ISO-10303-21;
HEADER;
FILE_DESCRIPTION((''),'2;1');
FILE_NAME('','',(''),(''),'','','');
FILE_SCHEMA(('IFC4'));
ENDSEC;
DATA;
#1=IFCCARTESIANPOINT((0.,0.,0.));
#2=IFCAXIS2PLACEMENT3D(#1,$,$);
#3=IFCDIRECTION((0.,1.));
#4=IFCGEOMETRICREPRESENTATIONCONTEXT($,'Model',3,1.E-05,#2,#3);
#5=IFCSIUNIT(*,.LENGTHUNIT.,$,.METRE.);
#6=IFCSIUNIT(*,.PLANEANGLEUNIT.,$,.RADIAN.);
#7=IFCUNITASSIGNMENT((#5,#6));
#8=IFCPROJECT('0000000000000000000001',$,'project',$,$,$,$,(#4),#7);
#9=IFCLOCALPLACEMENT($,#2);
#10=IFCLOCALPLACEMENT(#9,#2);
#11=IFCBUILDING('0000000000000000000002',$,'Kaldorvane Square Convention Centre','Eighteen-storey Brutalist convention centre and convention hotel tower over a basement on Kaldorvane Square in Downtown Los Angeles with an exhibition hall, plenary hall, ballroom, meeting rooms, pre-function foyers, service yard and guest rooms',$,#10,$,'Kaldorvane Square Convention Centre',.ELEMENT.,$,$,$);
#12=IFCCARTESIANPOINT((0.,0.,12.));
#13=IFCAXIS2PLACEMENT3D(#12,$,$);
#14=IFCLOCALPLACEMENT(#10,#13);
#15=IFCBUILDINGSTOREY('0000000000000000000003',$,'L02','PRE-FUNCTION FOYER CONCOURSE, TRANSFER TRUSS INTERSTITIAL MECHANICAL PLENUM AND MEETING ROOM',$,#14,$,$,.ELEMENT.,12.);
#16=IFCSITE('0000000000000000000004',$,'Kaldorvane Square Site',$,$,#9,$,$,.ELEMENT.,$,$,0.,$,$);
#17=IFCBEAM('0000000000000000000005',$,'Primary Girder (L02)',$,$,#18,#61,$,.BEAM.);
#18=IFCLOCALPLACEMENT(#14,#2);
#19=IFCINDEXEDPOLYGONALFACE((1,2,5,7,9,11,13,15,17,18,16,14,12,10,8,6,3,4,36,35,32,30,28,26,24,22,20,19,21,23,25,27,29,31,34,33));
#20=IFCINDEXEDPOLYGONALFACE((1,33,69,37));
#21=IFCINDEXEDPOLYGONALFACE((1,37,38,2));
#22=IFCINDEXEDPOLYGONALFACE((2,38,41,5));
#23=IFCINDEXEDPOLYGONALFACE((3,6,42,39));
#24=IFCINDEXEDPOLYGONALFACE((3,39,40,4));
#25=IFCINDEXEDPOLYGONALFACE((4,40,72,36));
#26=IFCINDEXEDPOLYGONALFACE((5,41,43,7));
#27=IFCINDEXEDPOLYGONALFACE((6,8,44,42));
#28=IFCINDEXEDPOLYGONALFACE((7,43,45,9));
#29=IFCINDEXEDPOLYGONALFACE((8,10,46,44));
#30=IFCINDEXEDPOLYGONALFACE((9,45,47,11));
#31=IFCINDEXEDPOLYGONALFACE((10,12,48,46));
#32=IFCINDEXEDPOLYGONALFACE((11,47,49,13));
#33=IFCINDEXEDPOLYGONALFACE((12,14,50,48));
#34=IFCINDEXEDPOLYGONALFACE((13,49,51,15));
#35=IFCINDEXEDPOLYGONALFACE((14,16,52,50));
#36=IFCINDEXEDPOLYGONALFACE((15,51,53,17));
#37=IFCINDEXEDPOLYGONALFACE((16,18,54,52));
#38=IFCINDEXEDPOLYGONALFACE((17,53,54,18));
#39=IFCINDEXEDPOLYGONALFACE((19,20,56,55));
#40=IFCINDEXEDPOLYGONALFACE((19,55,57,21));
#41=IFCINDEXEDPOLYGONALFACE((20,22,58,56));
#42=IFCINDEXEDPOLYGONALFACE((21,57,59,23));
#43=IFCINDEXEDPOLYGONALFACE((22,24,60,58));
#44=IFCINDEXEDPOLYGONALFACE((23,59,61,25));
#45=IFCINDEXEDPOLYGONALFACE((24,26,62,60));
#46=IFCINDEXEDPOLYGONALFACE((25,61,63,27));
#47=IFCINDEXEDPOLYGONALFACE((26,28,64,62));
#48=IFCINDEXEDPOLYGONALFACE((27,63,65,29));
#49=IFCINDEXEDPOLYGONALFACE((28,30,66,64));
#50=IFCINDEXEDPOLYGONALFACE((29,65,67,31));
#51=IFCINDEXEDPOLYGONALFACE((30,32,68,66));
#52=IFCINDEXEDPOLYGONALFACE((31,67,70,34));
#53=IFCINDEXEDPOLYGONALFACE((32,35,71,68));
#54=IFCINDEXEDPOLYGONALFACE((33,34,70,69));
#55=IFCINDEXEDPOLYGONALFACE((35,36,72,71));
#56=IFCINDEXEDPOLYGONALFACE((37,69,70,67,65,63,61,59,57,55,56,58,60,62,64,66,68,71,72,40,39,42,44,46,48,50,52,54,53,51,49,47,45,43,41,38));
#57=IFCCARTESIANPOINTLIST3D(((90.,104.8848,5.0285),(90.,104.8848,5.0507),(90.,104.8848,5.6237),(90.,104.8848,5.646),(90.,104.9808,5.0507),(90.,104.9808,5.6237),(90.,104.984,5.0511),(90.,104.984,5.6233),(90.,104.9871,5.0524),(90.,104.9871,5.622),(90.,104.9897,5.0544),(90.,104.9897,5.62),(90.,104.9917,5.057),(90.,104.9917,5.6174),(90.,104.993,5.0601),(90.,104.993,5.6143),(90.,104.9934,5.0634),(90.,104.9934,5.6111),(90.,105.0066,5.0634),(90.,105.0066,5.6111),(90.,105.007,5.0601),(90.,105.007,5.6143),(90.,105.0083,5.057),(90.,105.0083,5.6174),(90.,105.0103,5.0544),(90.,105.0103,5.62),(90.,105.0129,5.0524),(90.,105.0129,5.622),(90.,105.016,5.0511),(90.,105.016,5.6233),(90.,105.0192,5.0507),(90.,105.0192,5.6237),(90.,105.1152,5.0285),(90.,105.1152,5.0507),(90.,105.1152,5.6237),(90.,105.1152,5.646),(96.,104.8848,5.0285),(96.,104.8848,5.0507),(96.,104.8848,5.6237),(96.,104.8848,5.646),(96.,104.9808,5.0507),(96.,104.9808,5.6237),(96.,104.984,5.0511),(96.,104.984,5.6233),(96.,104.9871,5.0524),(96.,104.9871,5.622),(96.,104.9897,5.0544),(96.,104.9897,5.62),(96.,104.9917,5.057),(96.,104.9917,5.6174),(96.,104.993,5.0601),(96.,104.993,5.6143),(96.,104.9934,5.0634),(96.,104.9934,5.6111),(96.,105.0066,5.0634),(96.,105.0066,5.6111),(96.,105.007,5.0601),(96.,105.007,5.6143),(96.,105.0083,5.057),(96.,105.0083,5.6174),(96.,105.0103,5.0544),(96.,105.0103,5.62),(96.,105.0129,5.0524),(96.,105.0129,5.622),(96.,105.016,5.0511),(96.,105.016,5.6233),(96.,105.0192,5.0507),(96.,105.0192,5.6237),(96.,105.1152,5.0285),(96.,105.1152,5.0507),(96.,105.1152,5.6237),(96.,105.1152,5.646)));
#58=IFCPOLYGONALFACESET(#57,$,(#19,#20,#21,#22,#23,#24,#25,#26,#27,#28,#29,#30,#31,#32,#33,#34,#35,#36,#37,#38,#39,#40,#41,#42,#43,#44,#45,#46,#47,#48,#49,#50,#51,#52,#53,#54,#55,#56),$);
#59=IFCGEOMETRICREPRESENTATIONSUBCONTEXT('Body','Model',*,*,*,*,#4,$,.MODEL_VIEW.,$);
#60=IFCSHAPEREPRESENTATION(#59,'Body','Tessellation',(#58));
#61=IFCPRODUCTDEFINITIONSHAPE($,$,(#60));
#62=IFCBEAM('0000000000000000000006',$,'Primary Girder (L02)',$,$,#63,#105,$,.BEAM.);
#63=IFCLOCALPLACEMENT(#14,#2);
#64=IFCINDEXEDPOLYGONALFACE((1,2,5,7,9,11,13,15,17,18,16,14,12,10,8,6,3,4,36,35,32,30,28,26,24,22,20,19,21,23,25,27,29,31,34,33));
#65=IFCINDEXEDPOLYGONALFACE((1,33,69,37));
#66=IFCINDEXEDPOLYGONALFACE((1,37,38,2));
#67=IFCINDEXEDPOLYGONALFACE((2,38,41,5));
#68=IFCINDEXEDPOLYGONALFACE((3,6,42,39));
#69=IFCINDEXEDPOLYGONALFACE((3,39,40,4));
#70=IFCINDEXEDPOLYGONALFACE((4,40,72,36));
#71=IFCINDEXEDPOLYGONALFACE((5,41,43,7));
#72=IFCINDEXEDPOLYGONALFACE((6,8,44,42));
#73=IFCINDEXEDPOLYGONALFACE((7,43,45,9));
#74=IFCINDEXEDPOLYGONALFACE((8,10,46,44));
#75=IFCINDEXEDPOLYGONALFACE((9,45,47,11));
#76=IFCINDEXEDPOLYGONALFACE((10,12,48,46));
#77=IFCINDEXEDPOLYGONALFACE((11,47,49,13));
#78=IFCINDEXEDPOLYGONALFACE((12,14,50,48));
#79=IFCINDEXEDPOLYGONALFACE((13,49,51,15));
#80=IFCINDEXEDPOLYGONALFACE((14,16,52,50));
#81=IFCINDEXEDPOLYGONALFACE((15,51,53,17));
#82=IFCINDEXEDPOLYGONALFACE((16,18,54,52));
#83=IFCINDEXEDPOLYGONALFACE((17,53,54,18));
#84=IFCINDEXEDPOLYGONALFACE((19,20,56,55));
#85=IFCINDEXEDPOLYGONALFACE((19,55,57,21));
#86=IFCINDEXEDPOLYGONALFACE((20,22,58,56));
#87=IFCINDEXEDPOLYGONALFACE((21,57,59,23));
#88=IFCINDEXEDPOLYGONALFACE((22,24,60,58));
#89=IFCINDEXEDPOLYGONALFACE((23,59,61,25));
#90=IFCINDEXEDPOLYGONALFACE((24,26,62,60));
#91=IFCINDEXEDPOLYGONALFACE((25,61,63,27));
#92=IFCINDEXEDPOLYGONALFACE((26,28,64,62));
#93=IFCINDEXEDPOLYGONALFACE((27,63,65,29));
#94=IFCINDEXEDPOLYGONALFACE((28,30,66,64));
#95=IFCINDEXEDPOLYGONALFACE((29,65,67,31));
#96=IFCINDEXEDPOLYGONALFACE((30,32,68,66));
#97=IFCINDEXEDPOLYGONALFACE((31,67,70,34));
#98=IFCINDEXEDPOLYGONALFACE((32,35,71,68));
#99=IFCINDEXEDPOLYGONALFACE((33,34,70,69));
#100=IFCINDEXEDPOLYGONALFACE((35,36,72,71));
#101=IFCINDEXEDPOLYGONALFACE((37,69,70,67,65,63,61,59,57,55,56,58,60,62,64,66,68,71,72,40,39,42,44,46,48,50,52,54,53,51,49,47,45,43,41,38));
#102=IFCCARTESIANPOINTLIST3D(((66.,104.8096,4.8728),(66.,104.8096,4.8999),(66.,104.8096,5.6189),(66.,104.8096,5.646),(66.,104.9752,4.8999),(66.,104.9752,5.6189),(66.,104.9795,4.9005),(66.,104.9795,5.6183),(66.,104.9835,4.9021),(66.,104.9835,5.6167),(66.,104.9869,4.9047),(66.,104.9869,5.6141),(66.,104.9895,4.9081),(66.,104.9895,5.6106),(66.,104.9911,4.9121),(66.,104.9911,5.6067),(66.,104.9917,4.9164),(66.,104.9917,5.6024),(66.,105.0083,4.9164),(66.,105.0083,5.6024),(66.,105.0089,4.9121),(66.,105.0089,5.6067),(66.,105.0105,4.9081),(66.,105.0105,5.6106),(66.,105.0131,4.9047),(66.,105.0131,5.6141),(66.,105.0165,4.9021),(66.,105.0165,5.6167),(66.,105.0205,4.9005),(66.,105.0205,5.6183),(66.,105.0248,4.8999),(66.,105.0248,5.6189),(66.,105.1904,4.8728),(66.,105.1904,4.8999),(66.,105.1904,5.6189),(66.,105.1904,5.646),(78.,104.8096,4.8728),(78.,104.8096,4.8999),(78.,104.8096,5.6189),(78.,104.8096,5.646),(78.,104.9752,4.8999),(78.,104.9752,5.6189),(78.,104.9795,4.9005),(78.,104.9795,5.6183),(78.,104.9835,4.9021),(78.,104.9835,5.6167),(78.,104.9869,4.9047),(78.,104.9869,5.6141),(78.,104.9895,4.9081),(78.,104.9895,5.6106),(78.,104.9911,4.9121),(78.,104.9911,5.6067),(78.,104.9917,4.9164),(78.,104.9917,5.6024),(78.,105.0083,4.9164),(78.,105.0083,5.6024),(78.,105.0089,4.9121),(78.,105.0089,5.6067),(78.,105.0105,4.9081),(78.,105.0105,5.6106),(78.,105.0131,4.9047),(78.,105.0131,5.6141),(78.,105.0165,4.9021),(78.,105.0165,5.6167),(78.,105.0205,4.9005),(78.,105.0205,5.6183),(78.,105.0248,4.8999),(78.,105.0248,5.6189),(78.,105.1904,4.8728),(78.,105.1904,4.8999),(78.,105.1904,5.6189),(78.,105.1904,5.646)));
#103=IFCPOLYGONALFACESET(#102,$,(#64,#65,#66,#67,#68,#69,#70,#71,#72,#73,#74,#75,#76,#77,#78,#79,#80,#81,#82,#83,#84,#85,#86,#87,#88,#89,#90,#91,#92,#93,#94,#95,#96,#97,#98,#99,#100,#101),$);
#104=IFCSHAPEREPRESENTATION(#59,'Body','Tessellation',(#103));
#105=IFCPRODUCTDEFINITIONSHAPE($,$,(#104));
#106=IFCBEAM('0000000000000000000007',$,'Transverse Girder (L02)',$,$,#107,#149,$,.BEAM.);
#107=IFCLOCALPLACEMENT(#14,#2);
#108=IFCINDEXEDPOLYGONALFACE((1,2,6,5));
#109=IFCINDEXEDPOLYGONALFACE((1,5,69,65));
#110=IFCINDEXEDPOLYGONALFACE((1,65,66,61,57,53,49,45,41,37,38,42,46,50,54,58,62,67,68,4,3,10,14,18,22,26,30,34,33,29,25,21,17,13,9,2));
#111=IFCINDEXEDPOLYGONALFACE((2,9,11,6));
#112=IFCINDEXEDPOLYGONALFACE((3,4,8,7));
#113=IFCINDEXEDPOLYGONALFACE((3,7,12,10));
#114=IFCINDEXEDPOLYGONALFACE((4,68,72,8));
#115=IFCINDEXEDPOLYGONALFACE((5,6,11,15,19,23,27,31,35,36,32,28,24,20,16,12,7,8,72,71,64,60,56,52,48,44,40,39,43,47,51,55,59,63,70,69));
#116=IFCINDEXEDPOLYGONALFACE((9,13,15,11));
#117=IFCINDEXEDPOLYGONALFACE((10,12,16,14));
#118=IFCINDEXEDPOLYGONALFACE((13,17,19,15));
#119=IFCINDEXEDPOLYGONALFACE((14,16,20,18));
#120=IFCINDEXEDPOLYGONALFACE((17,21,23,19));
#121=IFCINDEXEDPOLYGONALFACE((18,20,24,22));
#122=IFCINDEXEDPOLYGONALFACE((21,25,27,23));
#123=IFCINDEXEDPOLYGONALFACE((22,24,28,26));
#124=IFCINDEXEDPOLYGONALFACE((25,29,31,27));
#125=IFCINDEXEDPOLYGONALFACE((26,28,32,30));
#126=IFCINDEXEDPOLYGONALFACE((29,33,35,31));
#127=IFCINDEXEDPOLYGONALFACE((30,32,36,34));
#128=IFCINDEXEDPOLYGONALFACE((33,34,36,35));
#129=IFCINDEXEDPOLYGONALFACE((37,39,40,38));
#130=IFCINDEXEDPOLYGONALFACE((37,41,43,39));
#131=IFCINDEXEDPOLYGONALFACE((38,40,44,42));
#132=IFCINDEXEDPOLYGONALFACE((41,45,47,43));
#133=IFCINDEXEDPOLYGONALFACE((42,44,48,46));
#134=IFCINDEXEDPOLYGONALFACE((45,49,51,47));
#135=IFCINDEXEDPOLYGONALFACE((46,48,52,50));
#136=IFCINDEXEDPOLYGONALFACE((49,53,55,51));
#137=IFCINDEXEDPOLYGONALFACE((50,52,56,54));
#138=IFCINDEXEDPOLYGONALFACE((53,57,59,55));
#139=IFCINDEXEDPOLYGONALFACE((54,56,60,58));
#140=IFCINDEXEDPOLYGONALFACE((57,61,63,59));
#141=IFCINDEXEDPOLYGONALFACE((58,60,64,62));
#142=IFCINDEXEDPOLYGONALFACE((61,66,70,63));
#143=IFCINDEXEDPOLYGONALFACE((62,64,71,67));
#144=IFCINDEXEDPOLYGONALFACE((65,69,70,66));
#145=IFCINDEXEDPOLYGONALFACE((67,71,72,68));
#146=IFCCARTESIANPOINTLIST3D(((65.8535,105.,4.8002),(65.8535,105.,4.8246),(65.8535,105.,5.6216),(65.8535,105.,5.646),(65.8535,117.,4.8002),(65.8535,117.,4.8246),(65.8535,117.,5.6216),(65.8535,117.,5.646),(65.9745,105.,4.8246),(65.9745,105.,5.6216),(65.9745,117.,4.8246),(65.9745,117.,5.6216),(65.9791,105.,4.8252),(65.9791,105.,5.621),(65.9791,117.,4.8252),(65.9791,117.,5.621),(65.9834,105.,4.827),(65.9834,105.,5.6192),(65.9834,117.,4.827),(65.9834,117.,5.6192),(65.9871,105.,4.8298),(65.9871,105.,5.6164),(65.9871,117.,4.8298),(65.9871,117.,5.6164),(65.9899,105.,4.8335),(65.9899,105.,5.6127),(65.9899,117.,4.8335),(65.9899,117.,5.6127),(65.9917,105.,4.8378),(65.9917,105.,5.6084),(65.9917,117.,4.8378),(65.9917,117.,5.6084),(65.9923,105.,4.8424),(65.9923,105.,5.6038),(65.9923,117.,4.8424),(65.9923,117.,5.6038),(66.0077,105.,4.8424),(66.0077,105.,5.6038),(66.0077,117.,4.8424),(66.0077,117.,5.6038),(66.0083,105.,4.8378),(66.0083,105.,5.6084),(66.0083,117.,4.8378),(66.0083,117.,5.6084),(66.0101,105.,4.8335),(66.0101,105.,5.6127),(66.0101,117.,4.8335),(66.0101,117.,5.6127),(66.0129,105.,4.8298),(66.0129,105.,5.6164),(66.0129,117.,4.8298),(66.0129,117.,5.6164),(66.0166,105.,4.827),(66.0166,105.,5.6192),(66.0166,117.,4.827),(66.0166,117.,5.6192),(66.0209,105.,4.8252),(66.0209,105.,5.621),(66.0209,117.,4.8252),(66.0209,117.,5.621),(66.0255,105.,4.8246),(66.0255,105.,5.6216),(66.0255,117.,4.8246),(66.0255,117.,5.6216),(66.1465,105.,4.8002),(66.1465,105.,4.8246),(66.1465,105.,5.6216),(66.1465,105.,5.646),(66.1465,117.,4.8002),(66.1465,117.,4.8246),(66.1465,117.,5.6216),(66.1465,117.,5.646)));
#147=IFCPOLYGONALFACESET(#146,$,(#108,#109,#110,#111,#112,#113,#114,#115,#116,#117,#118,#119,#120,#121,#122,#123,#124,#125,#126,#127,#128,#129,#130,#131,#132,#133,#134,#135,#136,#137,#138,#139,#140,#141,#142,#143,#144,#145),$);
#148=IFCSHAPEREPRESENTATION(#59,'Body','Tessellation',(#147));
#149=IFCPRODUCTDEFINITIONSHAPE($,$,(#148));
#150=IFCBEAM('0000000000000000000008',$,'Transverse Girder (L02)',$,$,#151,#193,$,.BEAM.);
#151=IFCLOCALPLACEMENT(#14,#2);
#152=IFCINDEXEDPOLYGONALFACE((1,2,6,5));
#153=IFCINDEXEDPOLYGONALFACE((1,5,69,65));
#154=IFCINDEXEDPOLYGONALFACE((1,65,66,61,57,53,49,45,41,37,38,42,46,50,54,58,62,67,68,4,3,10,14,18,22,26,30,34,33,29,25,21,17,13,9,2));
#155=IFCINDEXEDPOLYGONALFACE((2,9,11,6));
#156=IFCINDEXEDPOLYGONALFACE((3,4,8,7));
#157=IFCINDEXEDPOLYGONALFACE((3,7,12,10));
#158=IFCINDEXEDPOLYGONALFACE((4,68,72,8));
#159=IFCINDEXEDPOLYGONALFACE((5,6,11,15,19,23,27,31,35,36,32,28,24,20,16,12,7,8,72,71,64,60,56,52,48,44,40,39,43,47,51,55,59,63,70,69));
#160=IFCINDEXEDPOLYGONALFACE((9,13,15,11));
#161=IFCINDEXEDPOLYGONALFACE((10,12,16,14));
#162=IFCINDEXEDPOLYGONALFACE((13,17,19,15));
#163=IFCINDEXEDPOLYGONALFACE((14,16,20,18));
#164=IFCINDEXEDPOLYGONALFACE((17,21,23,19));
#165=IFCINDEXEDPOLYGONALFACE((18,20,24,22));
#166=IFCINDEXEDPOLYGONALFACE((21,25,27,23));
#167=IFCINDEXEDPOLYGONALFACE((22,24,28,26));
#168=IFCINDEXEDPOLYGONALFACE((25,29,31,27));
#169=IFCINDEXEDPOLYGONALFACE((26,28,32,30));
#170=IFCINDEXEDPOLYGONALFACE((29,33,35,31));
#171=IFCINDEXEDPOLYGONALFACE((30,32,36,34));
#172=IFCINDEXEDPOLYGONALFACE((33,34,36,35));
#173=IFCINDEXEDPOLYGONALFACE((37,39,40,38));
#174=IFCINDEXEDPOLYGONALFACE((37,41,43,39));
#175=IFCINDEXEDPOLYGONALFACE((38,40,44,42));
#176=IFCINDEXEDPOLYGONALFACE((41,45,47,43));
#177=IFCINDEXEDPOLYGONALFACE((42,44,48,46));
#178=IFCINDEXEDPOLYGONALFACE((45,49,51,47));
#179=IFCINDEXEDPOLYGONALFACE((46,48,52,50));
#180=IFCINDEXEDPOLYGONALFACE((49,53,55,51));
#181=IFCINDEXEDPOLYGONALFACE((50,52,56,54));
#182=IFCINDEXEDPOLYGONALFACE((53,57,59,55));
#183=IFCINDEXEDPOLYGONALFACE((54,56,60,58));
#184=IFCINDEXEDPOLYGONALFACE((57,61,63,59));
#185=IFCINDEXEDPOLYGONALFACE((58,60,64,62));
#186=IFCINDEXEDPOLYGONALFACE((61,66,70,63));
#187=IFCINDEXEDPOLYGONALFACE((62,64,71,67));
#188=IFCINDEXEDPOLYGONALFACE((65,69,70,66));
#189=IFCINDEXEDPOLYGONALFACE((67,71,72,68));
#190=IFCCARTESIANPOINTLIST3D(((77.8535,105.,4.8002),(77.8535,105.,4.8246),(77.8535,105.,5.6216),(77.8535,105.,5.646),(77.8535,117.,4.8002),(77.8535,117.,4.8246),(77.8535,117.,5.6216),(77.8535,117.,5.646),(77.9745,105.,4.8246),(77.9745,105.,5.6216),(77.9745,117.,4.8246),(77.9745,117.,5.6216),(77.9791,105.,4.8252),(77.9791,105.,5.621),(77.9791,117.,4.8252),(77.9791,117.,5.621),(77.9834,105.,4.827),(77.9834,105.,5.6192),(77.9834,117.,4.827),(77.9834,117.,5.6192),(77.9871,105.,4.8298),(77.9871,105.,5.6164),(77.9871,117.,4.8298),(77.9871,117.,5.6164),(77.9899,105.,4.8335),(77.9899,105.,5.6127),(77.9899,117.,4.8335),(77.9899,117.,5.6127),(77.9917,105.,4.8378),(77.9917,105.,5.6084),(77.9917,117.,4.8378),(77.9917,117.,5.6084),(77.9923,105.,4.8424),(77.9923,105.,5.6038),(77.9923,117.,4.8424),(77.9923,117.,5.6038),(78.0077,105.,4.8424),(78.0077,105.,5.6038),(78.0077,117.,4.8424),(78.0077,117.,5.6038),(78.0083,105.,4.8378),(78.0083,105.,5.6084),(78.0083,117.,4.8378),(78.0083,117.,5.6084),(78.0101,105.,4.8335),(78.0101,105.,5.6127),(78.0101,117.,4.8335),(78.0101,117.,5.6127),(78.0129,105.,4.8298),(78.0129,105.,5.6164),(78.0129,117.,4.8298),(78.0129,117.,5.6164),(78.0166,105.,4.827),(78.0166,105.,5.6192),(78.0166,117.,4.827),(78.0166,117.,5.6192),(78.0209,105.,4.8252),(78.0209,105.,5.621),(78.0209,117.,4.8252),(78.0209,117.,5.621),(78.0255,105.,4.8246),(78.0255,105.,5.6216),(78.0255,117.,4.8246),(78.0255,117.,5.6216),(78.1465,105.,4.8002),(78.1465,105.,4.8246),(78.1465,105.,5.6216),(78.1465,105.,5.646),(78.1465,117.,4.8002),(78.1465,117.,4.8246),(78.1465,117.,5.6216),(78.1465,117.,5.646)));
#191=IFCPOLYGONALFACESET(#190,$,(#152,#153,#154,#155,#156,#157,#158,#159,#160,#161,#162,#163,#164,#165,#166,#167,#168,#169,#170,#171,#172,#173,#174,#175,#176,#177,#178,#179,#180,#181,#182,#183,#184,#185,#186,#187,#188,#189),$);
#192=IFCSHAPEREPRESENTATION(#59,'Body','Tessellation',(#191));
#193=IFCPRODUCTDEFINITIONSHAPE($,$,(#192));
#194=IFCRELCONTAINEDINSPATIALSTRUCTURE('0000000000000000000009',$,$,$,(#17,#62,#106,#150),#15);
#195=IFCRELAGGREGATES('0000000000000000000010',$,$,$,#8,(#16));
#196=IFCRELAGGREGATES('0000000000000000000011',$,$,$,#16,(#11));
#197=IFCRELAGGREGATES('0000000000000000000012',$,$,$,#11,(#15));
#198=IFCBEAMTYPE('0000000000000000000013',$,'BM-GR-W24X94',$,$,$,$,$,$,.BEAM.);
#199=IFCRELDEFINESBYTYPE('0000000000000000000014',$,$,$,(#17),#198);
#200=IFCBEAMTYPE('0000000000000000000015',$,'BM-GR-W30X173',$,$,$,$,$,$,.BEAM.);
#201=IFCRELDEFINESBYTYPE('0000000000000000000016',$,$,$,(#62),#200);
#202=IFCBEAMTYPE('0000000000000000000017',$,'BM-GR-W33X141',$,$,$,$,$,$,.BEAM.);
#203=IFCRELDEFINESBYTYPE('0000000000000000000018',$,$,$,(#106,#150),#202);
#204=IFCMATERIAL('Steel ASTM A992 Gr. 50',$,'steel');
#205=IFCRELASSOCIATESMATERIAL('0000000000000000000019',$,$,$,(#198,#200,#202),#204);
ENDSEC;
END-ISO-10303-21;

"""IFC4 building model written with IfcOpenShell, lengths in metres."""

from ifc_helpers import new_model, si_unit, direction, frame, origin, origin_2d, place, context, subcontext, project, spatial, i_section, extrude, material, material_profile, profile_set, type_object, element, save


model = new_model("IFC4")

# Units and contexts
model_context = context("Model", 3, precision=1e-05, world=origin(), true_north=direction((0.0, 1.0)))
body_context = subcontext(model_context, "Body", "Model", "MODEL_VIEW")
ifc_project = project(units=[si_unit("LENGTHUNIT", "METRE"), si_unit("PLANEANGLEUNIT", "RADIAN")], contexts=[model_context])

# Site, building, storey
site_placement = place(None, origin())
site = spatial("IfcSite", under=ifc_project, at=site_placement, Name="Kaldorvane Square Site", CompositionType="ELEMENT", RefElevation=0.0)
building_placement = place(site_placement, origin())
building = spatial("IfcBuilding", under=site, at=building_placement, Name="Kaldorvane Square Convention Centre", Description="Eighteen-storey Brutalist convention centre and convention hotel tower over a basement on Kaldorvane Square in Downtown Los Angeles with an exhibition hall, plenary hall, ballroom, meeting rooms, pre-function foyers, service yard and guest rooms", LongName="Kaldorvane Square Convention Centre", CompositionType="ELEMENT")
storey_placement = place(building_placement, frame((0.0, 0.0, 12.0)))
storey = spatial("IfcBuildingStorey", under=building, at=storey_placement, Name="L02", Description="PRE-FUNCTION FOYER CONCOURSE, TRANSFER TRUSS INTERSTITIAL MECHANICAL PLENUM AND MEETING ROOM", CompositionType="ELEMENT", Elevation=12.0)

# Shared definitions
ifc_material_1 = material(Name="Steel ASTM A992 Gr. 50", Category="steel")

# Beams
ifc_material_profile_1 = material_profile(ifc_material_1, i_section(OverallWidth=0.2303, OverallDepth=0.6175, WebThickness=0.0131, FlangeThickness=0.0222, FilletRadius=0.0127, at=origin_2d()), Name="W24X94")
ifc_profile_set_1 = profile_set([ifc_material_profile_1], Name="Steel ASTM A992 Gr. 50")
beam_type_1 = type_object("IfcBeamType", Name="BM-GR-W24X94", PredefinedType="BEAM", material=ifc_profile_set_1)
for number, where, z_axis, x_axis, name in (
    (1, (90.0, 105.0, 5.3372), (1.0, 0.0, 0.0), (0.0, 1.0, 0.0), "Primary Girder (L02)"),
):
    element("IfcBeam", number, at=place(storey_placement, frame(where, z_axis=z_axis, x_axis=x_axis)), inside=storey, type_object=beam_type_1, Name=name, PredefinedType="BEAM", context=body_context, shape_type="SweptSolid", body=[
        extrude(i_section(OverallWidth=0.2303, OverallDepth=0.6175, WebThickness=0.0131, FlangeThickness=0.0222, FilletRadius=0.0127, at=origin_2d()), origin(), (0.0, 0.0, 1.0), 6.0),
    ])
ifc_material_profile_2 = material_profile(ifc_material_1, i_section(OverallWidth=0.3807, OverallDepth=0.7732, WebThickness=0.0166, FlangeThickness=0.0271, FilletRadius=0.0165, at=origin_2d()), Name="W30X173")
ifc_profile_set_2 = profile_set([ifc_material_profile_2], Name="Steel ASTM A992 Gr. 50")
beam_type_2 = type_object("IfcBeamType", Name="BM-GR-W30X173", PredefinedType="BEAM", material=ifc_profile_set_2)
beam_1_placement = place(storey_placement, frame((66.0, 105.0, 5.2594), z_axis=(1.0, 0.0, 0.0), x_axis=(0.0, 1.0, 0.0)))
element("IfcBeam", 2, at=beam_1_placement, inside=storey, type_object=beam_type_2, Name="Primary Girder (L02)", PredefinedType="BEAM", context=body_context, shape_type="SweptSolid", body=[
    extrude(i_section(OverallWidth=0.3807, OverallDepth=0.7732, WebThickness=0.0166, FlangeThickness=0.0271, FilletRadius=0.0165, at=origin_2d()), origin(), (0.0, 0.0, 1.0), 12.0),
])
ifc_material_profile_3 = material_profile(ifc_material_1, i_section(OverallWidth=0.293, OverallDepth=0.8458, WebThickness=0.0154, FlangeThickness=0.0244, FilletRadius=0.0178, at=origin_2d()), Name="W33X141")
ifc_profile_set_3 = profile_set([ifc_material_profile_3], Name="Steel ASTM A992 Gr. 50")
beam_type_3 = type_object("IfcBeamType", Name="BM-GR-W33X141", PredefinedType="BEAM", material=ifc_profile_set_3)
for number, where, z_axis, x_axis, name in (
    (3, (66.0, 105.0, 5.2231), (0.0, 1.0, 0.0), (-1.0, 0.0, 0.0), "Transverse Girder (L02)"),
    (4, (78.0, 105.0, 5.2231), (0.0, 1.0, 0.0), (-1.0, 0.0, 0.0), "Transverse Girder (L02)"),
):
    element("IfcBeam", number, at=place(storey_placement, frame(where, z_axis=z_axis, x_axis=x_axis)), inside=storey, type_object=beam_type_3, Name=name, PredefinedType="BEAM", context=body_context, shape_type="SweptSolid", body=[
        extrude(i_section(OverallWidth=0.293, OverallDepth=0.8458, WebThickness=0.0154, FlangeThickness=0.0244, FilletRadius=0.0178, at=origin_2d()), origin(), (0.0, 0.0, 1.0), 12.0),
    ])

save(model, "model.ifc")
